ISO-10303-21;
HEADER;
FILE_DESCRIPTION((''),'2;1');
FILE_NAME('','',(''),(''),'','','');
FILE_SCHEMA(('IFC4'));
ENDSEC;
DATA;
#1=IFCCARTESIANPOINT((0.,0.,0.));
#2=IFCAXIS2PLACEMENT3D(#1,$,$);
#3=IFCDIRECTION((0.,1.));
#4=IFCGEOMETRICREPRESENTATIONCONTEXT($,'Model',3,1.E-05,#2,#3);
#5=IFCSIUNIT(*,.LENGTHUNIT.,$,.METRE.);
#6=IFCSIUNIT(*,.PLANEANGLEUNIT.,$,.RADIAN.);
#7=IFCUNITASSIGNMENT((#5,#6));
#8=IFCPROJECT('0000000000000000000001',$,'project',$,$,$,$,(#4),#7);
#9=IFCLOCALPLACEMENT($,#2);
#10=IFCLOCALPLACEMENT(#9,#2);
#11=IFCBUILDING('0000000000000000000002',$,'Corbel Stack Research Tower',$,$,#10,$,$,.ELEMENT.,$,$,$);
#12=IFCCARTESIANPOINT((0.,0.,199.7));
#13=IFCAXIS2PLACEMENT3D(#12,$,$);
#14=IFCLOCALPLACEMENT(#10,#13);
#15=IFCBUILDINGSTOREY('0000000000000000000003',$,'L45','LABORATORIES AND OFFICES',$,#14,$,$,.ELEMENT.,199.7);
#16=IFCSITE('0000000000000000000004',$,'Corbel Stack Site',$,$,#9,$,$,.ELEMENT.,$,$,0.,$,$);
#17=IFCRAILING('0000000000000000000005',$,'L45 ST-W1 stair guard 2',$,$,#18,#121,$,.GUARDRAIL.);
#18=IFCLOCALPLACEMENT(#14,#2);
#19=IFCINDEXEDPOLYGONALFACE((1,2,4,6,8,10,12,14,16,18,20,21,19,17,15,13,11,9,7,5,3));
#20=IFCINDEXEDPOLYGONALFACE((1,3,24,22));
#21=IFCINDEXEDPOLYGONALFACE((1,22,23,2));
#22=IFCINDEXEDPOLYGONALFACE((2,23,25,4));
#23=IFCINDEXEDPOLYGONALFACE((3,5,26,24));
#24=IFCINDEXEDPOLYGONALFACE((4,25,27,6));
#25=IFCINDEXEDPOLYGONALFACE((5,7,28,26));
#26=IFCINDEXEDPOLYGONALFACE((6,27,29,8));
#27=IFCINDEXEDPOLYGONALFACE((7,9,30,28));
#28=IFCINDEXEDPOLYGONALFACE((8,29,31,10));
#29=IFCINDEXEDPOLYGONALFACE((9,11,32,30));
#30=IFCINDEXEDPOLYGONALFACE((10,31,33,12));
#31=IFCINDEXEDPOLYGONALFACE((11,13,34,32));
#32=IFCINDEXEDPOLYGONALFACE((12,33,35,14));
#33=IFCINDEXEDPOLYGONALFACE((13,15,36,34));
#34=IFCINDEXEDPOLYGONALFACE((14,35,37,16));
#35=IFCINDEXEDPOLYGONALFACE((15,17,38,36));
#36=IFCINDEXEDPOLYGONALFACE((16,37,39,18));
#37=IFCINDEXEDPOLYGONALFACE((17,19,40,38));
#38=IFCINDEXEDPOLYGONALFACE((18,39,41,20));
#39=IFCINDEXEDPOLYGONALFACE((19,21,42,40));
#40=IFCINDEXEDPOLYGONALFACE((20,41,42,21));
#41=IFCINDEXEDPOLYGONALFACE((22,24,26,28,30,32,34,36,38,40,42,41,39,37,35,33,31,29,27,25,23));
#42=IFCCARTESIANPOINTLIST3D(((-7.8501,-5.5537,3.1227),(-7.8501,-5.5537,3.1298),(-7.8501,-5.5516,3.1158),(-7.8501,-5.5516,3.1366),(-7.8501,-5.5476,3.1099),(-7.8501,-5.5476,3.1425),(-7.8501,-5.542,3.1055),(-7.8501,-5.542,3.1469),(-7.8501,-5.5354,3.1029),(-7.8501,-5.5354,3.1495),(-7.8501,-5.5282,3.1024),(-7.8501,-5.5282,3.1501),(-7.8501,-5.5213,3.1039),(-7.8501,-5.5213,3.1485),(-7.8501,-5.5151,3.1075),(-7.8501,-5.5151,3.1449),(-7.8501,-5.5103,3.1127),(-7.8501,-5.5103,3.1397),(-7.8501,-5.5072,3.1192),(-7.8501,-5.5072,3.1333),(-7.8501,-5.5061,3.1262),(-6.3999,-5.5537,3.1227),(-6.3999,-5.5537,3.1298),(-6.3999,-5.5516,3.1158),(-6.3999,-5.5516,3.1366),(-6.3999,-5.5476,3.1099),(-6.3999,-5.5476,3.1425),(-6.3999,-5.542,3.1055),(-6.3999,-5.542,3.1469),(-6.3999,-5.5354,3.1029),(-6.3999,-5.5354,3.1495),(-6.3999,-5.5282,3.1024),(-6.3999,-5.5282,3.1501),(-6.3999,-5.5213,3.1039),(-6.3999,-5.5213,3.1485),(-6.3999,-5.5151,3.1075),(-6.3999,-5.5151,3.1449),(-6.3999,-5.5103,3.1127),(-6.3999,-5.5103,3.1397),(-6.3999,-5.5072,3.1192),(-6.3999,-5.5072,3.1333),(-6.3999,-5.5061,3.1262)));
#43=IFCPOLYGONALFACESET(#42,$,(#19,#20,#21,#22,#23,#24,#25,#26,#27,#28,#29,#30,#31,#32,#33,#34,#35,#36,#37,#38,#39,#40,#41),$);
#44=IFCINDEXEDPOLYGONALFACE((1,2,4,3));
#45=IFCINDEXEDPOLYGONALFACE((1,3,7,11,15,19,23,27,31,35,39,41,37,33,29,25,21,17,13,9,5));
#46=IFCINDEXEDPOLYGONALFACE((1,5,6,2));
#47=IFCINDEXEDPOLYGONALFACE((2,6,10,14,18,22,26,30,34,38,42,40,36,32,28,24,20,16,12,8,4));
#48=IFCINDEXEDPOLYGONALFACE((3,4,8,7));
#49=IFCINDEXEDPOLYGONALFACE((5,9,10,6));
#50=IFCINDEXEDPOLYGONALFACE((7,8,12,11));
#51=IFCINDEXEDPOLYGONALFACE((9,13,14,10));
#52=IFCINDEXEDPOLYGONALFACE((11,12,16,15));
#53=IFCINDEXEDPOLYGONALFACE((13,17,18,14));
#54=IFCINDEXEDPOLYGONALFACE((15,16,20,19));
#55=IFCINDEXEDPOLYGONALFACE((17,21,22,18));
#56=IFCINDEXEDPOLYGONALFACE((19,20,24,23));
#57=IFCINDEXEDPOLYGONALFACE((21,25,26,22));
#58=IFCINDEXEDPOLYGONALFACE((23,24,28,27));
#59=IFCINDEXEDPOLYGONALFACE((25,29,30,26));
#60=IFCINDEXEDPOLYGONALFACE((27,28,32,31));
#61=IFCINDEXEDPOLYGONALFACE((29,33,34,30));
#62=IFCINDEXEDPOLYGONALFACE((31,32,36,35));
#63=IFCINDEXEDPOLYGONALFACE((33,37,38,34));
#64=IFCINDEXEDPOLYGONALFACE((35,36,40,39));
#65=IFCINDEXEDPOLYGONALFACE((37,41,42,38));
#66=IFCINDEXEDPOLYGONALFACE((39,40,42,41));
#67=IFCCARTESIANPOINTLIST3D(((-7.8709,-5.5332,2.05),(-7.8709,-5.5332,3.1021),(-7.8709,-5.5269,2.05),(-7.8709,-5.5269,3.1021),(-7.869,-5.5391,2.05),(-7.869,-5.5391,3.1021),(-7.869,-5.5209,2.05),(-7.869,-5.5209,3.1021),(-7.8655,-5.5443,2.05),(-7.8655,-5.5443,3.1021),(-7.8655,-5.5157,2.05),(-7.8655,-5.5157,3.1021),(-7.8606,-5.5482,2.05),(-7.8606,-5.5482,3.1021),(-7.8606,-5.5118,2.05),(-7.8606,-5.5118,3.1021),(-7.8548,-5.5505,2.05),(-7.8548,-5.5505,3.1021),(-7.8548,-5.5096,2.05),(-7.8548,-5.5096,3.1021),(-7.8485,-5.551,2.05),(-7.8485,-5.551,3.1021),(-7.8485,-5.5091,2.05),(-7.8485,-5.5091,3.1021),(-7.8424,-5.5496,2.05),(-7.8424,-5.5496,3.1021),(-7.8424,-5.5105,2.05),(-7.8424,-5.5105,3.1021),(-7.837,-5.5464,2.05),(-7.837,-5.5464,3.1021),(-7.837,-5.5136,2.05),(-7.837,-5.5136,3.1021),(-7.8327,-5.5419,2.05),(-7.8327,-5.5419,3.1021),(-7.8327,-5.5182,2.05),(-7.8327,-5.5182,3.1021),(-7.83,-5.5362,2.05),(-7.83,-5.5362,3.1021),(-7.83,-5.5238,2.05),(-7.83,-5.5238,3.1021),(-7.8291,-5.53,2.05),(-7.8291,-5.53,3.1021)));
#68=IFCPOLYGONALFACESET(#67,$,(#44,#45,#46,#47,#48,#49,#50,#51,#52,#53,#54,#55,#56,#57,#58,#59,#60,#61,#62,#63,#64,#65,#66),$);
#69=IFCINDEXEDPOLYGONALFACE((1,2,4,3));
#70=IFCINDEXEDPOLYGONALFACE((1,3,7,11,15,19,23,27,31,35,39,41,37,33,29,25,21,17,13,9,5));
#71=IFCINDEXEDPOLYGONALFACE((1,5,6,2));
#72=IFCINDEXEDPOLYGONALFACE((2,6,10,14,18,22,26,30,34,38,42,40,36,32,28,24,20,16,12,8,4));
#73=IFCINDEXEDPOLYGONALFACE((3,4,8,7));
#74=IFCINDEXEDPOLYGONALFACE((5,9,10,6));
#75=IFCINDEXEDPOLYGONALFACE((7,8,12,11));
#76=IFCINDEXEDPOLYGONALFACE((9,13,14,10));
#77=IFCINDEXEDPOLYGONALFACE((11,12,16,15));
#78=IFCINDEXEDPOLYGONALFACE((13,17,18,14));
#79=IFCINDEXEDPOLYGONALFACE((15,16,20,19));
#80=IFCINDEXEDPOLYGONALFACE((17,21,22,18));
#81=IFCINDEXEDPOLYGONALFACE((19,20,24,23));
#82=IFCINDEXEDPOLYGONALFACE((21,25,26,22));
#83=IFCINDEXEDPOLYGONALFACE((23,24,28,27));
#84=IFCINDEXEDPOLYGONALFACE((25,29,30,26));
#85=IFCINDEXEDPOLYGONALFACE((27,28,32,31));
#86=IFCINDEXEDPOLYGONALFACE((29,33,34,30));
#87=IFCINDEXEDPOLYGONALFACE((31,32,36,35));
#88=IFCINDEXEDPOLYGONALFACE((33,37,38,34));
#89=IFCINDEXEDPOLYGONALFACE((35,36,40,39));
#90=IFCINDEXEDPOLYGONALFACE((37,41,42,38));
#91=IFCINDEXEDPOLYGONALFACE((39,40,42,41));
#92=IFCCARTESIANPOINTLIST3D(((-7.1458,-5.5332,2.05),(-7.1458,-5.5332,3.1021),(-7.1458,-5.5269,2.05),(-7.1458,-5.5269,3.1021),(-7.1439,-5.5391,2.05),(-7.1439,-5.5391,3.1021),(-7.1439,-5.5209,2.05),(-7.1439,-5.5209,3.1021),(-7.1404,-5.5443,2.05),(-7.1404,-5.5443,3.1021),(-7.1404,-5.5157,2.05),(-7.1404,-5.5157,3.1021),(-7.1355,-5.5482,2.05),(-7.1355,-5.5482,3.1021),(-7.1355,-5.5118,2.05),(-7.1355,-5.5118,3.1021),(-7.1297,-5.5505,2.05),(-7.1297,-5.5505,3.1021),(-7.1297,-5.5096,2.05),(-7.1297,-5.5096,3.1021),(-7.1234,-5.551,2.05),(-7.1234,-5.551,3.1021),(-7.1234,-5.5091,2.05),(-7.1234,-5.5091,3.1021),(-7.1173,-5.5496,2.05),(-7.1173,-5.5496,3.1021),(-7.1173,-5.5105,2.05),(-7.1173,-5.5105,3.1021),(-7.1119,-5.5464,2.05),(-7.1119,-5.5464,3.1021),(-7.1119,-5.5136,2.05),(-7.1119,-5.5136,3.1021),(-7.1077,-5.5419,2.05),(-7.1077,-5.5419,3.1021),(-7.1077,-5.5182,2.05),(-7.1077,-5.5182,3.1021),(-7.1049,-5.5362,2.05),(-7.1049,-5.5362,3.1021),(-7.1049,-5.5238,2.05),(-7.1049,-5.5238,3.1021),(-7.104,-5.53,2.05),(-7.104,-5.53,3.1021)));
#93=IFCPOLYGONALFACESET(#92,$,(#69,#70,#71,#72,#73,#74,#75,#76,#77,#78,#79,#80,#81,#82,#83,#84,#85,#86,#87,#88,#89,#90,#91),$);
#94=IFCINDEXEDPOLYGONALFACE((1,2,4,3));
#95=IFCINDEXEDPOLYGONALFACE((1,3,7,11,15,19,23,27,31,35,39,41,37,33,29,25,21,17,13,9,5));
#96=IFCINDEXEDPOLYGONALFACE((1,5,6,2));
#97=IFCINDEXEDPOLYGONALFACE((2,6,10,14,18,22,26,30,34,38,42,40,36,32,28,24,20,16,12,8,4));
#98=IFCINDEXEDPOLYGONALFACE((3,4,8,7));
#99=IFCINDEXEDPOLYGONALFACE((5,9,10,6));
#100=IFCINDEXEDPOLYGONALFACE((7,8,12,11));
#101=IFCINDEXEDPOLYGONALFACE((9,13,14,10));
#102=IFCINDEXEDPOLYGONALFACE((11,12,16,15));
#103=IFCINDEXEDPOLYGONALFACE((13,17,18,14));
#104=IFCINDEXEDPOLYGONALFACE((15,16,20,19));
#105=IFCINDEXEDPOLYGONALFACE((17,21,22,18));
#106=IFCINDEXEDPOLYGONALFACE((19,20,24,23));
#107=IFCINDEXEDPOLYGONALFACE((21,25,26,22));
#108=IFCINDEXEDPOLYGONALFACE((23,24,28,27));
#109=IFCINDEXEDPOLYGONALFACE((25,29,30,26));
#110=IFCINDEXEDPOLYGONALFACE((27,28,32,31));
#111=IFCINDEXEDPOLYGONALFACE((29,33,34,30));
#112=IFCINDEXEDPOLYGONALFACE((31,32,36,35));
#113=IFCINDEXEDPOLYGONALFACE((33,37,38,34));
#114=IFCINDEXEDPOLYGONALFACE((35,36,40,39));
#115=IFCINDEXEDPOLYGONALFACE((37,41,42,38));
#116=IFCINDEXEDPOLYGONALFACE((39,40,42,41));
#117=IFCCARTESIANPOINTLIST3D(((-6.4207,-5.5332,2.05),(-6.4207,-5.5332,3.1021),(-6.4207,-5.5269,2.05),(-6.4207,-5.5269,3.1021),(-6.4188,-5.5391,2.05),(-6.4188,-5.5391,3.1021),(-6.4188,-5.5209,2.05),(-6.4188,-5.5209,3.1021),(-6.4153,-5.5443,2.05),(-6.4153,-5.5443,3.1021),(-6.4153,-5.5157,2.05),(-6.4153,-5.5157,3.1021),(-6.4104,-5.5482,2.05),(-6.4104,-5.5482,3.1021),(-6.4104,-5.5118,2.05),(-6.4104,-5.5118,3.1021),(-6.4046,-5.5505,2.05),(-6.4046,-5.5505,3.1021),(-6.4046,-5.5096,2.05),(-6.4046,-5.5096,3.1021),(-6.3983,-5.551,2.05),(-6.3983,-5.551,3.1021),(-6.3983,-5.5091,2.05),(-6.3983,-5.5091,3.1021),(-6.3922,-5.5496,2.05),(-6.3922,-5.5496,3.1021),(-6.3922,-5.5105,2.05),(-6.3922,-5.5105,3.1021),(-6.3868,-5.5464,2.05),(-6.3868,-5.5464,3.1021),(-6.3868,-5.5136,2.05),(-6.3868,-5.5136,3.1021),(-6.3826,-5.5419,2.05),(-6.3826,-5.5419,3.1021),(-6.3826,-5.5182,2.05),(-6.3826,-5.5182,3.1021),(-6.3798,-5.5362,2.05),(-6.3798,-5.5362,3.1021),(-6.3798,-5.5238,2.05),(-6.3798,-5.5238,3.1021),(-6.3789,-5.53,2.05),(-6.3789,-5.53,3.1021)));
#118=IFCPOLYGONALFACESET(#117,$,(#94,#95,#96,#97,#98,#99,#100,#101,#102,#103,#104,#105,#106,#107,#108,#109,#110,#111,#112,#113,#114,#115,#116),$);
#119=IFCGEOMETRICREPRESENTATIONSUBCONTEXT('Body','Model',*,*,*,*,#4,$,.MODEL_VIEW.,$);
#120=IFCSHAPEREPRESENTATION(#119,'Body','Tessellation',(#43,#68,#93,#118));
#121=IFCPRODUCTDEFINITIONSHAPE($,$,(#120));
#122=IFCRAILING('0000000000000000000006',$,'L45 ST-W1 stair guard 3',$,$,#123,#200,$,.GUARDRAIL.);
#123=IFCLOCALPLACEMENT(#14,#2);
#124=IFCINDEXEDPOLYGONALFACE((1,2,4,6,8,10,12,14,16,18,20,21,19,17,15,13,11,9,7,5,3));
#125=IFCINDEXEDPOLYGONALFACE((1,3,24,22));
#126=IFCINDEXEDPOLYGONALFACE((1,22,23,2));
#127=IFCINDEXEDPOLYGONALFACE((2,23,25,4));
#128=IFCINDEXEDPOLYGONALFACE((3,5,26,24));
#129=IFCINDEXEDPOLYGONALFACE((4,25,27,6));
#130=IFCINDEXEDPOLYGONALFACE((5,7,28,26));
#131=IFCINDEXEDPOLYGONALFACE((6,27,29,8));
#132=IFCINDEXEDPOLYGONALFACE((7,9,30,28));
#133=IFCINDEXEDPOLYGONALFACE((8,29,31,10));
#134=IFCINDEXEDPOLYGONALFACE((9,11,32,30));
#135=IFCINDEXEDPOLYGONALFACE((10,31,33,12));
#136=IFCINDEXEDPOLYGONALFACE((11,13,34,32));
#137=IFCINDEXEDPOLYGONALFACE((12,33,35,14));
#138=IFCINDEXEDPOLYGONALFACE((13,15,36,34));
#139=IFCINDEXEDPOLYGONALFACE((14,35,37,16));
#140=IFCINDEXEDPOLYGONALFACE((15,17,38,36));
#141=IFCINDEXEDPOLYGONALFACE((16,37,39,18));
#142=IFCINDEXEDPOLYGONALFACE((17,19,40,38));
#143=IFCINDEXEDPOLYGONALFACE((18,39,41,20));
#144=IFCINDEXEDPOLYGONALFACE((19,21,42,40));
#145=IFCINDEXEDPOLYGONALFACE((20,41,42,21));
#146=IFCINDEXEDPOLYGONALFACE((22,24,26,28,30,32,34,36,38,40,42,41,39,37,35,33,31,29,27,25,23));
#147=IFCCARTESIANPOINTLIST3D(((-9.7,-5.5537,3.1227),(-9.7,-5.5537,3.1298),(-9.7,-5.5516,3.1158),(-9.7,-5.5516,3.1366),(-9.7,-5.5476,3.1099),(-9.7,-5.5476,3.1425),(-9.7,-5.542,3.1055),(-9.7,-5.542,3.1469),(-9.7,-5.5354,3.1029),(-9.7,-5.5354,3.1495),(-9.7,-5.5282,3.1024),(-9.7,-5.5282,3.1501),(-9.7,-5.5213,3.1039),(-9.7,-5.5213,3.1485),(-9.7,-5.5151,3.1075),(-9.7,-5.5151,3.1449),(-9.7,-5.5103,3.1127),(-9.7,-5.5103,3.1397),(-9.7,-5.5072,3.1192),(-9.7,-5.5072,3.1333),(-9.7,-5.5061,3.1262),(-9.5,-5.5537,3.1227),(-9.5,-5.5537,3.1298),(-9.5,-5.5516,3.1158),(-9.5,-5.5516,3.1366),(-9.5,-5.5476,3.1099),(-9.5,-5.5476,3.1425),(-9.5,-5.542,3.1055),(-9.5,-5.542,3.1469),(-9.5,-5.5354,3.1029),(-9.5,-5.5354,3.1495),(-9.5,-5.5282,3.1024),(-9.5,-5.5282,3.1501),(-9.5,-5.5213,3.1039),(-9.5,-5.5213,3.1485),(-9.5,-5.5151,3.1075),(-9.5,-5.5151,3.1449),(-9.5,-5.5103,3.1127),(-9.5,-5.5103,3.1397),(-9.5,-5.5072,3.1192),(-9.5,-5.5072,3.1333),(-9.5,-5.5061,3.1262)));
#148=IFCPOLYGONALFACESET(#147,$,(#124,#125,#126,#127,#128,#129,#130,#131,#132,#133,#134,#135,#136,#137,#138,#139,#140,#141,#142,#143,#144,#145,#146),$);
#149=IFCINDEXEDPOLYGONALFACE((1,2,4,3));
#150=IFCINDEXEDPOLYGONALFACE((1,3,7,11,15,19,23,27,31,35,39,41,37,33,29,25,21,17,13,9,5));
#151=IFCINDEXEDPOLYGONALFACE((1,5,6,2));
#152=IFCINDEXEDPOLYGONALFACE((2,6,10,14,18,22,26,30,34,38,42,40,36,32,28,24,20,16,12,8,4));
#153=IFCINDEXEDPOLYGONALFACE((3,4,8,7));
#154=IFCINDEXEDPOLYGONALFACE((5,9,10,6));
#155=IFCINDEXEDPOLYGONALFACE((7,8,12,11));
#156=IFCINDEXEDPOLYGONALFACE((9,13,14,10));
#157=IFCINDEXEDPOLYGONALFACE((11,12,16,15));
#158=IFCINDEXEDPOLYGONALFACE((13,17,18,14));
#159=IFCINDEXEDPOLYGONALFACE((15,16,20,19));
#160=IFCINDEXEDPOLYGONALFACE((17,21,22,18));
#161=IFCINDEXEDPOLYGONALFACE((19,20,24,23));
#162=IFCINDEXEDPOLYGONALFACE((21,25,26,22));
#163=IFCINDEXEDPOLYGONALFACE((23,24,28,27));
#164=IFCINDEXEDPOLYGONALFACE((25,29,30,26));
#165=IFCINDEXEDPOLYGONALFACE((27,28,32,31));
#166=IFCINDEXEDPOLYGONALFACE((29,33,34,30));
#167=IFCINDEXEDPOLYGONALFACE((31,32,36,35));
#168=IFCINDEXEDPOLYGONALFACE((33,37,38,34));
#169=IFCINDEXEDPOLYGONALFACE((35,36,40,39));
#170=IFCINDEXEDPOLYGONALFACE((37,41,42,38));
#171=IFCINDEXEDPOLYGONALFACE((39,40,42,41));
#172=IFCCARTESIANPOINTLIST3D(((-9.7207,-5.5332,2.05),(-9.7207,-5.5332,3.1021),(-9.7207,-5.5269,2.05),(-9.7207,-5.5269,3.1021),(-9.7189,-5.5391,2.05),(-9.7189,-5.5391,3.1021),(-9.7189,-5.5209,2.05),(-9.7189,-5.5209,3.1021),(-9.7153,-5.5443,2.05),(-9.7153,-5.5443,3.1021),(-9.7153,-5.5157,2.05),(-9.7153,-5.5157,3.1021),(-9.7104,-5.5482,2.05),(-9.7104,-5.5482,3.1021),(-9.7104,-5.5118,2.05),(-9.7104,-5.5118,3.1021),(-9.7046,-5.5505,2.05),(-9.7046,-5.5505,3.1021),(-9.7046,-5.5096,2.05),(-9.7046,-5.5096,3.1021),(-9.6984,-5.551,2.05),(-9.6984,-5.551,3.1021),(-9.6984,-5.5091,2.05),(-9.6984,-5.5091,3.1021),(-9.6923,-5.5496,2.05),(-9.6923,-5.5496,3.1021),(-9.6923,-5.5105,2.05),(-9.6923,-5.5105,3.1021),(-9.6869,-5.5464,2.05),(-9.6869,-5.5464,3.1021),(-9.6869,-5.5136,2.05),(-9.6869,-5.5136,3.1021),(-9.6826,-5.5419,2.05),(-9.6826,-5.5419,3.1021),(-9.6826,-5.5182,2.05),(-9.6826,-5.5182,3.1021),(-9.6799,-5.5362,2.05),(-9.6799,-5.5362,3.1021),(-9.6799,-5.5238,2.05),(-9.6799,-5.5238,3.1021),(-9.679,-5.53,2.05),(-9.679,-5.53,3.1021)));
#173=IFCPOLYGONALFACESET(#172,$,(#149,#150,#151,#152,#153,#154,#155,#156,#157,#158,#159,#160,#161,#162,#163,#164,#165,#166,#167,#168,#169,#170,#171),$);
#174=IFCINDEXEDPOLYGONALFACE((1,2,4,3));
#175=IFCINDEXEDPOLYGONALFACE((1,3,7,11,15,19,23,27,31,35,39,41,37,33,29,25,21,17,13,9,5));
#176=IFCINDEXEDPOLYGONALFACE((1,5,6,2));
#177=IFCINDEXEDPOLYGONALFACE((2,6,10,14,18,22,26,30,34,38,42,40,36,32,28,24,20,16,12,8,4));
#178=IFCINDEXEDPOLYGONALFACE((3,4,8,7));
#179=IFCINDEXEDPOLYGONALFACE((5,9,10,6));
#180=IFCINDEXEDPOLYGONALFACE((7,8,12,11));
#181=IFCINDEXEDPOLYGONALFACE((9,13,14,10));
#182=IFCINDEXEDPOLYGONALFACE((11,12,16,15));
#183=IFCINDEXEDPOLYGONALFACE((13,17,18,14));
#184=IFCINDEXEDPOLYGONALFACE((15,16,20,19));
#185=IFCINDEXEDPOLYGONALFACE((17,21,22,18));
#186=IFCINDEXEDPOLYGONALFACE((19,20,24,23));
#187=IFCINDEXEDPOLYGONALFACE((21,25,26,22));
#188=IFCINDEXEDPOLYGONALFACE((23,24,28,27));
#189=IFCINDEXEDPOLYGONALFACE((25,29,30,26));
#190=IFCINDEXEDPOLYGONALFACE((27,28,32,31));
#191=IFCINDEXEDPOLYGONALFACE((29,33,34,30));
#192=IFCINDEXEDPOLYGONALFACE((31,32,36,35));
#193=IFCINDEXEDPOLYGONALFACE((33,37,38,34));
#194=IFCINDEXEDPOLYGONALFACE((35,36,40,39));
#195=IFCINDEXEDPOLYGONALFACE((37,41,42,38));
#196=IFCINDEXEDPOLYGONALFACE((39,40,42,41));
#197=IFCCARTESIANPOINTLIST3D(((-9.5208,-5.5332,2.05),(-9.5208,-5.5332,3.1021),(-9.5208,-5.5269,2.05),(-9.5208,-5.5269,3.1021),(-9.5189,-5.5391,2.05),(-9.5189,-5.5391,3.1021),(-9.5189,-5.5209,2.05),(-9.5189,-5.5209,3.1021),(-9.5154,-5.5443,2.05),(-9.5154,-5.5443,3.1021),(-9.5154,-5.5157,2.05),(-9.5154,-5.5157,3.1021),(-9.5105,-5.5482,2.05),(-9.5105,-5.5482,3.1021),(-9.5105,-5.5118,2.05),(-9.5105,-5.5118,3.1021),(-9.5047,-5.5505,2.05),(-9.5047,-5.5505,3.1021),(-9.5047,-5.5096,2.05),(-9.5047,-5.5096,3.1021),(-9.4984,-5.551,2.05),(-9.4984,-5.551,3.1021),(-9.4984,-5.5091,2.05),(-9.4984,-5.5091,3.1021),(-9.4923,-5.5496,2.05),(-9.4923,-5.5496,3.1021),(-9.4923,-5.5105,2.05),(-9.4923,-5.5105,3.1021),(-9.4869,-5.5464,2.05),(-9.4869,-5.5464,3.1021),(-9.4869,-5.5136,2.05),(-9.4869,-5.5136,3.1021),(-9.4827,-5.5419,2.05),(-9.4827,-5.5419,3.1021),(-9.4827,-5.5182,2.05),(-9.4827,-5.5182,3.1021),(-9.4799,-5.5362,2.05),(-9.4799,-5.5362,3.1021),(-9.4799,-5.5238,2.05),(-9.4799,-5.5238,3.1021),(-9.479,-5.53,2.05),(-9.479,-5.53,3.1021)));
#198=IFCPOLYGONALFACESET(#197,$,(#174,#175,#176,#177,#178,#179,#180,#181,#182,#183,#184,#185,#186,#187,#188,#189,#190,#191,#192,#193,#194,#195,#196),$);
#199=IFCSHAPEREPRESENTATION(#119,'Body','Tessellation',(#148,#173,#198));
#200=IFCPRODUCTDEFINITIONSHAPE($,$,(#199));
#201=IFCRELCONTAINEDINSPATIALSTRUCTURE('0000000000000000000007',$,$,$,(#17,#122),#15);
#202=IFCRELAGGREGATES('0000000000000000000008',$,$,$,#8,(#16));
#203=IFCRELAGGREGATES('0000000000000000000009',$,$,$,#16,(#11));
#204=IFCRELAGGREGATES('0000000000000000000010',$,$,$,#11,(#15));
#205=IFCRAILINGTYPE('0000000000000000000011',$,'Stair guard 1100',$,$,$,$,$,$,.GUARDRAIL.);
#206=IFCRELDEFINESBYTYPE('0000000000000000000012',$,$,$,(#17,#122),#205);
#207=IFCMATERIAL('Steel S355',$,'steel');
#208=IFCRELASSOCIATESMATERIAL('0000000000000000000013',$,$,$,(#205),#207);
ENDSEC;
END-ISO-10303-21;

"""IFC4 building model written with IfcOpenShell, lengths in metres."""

from ifc_helpers import new_model, si_unit, direction, frame, origin, origin_2d, place, context, subcontext, project, spatial, circle, extrude, material, type_object, element, save


model = new_model("IFC4")

# Units and contexts
model_context = context("Model", 3, precision=1e-05, world=origin(), true_north=direction((0.0, 1.0)))
body_context = subcontext(model_context, "Body", "Model", "MODEL_VIEW")
ifc_project = project(units=[si_unit("LENGTHUNIT", "METRE"), si_unit("PLANEANGLEUNIT", "RADIAN")], contexts=[model_context])

# Site, building, storey
site_placement = place(None, origin())
site = spatial("IfcSite", under=ifc_project, at=site_placement, Name="Corbel Stack Site", CompositionType="ELEMENT", RefElevation=0.0)
building_placement = place(site_placement, origin())
building = spatial("IfcBuilding", under=site, at=building_placement, Name="Corbel Stack Research Tower", CompositionType="ELEMENT")
storey_placement = place(building_placement, frame((0.0, 0.0, 199.7)))
storey = spatial("IfcBuildingStorey", under=building, at=storey_placement, Name="L45", Description="LABORATORIES AND OFFICES", CompositionType="ELEMENT", Elevation=199.7)

# Railings
ifc_material_1 = material(Name="Steel S355", Category="steel")
railing_type_1 = type_object("IfcRailingType", Name="Stair guard 1100", PredefinedType="GUARDRAIL", material=ifc_material_1)
railing_1_placement = place(storey_placement, frame((-7.8501, -5.53, 2.05)))
element("IfcRailing", 1, at=railing_1_placement, inside=storey, type_object=railing_type_1, Name="L45 ST-W1 stair guard 2", PredefinedType="GUARDRAIL", context=body_context, shape_type="SweptSolid", body=[
    extrude(circle(Radius=0.0239, at=origin_2d()), frame((0.0, 0.0, 1.0762), z_axis=(1.0, 0.0, 0.0), x_axis=(0.0, 1.0, 0.0)), (0.0, 0.0, 1.0), 1.4502),
    extrude(circle(Radius=0.021, at=origin_2d()), origin(), (0.0, 0.0, 1.0), 1.052),
    extrude(circle(Radius=0.021, at=origin_2d()), frame((0.7251, 0.0, 0.0)), (0.0, 0.0, 1.0), 1.052),
    extrude(circle(Radius=0.021, at=origin_2d()), frame((1.4502, 0.0, 0.0)), (0.0, 0.0, 1.0), 1.052),
])
railing_2_placement = place(storey_placement, frame((-9.7, -5.53, 2.05)))
element("IfcRailing", 2, at=railing_2_placement, inside=storey, type_object=railing_type_1, Name="L45 ST-W1 stair guard 3", PredefinedType="GUARDRAIL", context=body_context, shape_type="SweptSolid", body=[
    extrude(circle(Radius=0.0239, at=origin_2d()), frame((0.0, 0.0, 1.0762), z_axis=(1.0, 0.0, 0.0), x_axis=(0.0, 1.0, 0.0)), (0.0, 0.0, 1.0), 0.2),
    extrude(circle(Radius=0.021, at=origin_2d()), origin(), (0.0, 0.0, 1.0), 1.052),
    extrude(circle(Radius=0.021, at=origin_2d()), frame((0.2, 0.0, 0.0)), (0.0, 0.0, 1.0), 1.052),
])

save(model, "model.ifc")
